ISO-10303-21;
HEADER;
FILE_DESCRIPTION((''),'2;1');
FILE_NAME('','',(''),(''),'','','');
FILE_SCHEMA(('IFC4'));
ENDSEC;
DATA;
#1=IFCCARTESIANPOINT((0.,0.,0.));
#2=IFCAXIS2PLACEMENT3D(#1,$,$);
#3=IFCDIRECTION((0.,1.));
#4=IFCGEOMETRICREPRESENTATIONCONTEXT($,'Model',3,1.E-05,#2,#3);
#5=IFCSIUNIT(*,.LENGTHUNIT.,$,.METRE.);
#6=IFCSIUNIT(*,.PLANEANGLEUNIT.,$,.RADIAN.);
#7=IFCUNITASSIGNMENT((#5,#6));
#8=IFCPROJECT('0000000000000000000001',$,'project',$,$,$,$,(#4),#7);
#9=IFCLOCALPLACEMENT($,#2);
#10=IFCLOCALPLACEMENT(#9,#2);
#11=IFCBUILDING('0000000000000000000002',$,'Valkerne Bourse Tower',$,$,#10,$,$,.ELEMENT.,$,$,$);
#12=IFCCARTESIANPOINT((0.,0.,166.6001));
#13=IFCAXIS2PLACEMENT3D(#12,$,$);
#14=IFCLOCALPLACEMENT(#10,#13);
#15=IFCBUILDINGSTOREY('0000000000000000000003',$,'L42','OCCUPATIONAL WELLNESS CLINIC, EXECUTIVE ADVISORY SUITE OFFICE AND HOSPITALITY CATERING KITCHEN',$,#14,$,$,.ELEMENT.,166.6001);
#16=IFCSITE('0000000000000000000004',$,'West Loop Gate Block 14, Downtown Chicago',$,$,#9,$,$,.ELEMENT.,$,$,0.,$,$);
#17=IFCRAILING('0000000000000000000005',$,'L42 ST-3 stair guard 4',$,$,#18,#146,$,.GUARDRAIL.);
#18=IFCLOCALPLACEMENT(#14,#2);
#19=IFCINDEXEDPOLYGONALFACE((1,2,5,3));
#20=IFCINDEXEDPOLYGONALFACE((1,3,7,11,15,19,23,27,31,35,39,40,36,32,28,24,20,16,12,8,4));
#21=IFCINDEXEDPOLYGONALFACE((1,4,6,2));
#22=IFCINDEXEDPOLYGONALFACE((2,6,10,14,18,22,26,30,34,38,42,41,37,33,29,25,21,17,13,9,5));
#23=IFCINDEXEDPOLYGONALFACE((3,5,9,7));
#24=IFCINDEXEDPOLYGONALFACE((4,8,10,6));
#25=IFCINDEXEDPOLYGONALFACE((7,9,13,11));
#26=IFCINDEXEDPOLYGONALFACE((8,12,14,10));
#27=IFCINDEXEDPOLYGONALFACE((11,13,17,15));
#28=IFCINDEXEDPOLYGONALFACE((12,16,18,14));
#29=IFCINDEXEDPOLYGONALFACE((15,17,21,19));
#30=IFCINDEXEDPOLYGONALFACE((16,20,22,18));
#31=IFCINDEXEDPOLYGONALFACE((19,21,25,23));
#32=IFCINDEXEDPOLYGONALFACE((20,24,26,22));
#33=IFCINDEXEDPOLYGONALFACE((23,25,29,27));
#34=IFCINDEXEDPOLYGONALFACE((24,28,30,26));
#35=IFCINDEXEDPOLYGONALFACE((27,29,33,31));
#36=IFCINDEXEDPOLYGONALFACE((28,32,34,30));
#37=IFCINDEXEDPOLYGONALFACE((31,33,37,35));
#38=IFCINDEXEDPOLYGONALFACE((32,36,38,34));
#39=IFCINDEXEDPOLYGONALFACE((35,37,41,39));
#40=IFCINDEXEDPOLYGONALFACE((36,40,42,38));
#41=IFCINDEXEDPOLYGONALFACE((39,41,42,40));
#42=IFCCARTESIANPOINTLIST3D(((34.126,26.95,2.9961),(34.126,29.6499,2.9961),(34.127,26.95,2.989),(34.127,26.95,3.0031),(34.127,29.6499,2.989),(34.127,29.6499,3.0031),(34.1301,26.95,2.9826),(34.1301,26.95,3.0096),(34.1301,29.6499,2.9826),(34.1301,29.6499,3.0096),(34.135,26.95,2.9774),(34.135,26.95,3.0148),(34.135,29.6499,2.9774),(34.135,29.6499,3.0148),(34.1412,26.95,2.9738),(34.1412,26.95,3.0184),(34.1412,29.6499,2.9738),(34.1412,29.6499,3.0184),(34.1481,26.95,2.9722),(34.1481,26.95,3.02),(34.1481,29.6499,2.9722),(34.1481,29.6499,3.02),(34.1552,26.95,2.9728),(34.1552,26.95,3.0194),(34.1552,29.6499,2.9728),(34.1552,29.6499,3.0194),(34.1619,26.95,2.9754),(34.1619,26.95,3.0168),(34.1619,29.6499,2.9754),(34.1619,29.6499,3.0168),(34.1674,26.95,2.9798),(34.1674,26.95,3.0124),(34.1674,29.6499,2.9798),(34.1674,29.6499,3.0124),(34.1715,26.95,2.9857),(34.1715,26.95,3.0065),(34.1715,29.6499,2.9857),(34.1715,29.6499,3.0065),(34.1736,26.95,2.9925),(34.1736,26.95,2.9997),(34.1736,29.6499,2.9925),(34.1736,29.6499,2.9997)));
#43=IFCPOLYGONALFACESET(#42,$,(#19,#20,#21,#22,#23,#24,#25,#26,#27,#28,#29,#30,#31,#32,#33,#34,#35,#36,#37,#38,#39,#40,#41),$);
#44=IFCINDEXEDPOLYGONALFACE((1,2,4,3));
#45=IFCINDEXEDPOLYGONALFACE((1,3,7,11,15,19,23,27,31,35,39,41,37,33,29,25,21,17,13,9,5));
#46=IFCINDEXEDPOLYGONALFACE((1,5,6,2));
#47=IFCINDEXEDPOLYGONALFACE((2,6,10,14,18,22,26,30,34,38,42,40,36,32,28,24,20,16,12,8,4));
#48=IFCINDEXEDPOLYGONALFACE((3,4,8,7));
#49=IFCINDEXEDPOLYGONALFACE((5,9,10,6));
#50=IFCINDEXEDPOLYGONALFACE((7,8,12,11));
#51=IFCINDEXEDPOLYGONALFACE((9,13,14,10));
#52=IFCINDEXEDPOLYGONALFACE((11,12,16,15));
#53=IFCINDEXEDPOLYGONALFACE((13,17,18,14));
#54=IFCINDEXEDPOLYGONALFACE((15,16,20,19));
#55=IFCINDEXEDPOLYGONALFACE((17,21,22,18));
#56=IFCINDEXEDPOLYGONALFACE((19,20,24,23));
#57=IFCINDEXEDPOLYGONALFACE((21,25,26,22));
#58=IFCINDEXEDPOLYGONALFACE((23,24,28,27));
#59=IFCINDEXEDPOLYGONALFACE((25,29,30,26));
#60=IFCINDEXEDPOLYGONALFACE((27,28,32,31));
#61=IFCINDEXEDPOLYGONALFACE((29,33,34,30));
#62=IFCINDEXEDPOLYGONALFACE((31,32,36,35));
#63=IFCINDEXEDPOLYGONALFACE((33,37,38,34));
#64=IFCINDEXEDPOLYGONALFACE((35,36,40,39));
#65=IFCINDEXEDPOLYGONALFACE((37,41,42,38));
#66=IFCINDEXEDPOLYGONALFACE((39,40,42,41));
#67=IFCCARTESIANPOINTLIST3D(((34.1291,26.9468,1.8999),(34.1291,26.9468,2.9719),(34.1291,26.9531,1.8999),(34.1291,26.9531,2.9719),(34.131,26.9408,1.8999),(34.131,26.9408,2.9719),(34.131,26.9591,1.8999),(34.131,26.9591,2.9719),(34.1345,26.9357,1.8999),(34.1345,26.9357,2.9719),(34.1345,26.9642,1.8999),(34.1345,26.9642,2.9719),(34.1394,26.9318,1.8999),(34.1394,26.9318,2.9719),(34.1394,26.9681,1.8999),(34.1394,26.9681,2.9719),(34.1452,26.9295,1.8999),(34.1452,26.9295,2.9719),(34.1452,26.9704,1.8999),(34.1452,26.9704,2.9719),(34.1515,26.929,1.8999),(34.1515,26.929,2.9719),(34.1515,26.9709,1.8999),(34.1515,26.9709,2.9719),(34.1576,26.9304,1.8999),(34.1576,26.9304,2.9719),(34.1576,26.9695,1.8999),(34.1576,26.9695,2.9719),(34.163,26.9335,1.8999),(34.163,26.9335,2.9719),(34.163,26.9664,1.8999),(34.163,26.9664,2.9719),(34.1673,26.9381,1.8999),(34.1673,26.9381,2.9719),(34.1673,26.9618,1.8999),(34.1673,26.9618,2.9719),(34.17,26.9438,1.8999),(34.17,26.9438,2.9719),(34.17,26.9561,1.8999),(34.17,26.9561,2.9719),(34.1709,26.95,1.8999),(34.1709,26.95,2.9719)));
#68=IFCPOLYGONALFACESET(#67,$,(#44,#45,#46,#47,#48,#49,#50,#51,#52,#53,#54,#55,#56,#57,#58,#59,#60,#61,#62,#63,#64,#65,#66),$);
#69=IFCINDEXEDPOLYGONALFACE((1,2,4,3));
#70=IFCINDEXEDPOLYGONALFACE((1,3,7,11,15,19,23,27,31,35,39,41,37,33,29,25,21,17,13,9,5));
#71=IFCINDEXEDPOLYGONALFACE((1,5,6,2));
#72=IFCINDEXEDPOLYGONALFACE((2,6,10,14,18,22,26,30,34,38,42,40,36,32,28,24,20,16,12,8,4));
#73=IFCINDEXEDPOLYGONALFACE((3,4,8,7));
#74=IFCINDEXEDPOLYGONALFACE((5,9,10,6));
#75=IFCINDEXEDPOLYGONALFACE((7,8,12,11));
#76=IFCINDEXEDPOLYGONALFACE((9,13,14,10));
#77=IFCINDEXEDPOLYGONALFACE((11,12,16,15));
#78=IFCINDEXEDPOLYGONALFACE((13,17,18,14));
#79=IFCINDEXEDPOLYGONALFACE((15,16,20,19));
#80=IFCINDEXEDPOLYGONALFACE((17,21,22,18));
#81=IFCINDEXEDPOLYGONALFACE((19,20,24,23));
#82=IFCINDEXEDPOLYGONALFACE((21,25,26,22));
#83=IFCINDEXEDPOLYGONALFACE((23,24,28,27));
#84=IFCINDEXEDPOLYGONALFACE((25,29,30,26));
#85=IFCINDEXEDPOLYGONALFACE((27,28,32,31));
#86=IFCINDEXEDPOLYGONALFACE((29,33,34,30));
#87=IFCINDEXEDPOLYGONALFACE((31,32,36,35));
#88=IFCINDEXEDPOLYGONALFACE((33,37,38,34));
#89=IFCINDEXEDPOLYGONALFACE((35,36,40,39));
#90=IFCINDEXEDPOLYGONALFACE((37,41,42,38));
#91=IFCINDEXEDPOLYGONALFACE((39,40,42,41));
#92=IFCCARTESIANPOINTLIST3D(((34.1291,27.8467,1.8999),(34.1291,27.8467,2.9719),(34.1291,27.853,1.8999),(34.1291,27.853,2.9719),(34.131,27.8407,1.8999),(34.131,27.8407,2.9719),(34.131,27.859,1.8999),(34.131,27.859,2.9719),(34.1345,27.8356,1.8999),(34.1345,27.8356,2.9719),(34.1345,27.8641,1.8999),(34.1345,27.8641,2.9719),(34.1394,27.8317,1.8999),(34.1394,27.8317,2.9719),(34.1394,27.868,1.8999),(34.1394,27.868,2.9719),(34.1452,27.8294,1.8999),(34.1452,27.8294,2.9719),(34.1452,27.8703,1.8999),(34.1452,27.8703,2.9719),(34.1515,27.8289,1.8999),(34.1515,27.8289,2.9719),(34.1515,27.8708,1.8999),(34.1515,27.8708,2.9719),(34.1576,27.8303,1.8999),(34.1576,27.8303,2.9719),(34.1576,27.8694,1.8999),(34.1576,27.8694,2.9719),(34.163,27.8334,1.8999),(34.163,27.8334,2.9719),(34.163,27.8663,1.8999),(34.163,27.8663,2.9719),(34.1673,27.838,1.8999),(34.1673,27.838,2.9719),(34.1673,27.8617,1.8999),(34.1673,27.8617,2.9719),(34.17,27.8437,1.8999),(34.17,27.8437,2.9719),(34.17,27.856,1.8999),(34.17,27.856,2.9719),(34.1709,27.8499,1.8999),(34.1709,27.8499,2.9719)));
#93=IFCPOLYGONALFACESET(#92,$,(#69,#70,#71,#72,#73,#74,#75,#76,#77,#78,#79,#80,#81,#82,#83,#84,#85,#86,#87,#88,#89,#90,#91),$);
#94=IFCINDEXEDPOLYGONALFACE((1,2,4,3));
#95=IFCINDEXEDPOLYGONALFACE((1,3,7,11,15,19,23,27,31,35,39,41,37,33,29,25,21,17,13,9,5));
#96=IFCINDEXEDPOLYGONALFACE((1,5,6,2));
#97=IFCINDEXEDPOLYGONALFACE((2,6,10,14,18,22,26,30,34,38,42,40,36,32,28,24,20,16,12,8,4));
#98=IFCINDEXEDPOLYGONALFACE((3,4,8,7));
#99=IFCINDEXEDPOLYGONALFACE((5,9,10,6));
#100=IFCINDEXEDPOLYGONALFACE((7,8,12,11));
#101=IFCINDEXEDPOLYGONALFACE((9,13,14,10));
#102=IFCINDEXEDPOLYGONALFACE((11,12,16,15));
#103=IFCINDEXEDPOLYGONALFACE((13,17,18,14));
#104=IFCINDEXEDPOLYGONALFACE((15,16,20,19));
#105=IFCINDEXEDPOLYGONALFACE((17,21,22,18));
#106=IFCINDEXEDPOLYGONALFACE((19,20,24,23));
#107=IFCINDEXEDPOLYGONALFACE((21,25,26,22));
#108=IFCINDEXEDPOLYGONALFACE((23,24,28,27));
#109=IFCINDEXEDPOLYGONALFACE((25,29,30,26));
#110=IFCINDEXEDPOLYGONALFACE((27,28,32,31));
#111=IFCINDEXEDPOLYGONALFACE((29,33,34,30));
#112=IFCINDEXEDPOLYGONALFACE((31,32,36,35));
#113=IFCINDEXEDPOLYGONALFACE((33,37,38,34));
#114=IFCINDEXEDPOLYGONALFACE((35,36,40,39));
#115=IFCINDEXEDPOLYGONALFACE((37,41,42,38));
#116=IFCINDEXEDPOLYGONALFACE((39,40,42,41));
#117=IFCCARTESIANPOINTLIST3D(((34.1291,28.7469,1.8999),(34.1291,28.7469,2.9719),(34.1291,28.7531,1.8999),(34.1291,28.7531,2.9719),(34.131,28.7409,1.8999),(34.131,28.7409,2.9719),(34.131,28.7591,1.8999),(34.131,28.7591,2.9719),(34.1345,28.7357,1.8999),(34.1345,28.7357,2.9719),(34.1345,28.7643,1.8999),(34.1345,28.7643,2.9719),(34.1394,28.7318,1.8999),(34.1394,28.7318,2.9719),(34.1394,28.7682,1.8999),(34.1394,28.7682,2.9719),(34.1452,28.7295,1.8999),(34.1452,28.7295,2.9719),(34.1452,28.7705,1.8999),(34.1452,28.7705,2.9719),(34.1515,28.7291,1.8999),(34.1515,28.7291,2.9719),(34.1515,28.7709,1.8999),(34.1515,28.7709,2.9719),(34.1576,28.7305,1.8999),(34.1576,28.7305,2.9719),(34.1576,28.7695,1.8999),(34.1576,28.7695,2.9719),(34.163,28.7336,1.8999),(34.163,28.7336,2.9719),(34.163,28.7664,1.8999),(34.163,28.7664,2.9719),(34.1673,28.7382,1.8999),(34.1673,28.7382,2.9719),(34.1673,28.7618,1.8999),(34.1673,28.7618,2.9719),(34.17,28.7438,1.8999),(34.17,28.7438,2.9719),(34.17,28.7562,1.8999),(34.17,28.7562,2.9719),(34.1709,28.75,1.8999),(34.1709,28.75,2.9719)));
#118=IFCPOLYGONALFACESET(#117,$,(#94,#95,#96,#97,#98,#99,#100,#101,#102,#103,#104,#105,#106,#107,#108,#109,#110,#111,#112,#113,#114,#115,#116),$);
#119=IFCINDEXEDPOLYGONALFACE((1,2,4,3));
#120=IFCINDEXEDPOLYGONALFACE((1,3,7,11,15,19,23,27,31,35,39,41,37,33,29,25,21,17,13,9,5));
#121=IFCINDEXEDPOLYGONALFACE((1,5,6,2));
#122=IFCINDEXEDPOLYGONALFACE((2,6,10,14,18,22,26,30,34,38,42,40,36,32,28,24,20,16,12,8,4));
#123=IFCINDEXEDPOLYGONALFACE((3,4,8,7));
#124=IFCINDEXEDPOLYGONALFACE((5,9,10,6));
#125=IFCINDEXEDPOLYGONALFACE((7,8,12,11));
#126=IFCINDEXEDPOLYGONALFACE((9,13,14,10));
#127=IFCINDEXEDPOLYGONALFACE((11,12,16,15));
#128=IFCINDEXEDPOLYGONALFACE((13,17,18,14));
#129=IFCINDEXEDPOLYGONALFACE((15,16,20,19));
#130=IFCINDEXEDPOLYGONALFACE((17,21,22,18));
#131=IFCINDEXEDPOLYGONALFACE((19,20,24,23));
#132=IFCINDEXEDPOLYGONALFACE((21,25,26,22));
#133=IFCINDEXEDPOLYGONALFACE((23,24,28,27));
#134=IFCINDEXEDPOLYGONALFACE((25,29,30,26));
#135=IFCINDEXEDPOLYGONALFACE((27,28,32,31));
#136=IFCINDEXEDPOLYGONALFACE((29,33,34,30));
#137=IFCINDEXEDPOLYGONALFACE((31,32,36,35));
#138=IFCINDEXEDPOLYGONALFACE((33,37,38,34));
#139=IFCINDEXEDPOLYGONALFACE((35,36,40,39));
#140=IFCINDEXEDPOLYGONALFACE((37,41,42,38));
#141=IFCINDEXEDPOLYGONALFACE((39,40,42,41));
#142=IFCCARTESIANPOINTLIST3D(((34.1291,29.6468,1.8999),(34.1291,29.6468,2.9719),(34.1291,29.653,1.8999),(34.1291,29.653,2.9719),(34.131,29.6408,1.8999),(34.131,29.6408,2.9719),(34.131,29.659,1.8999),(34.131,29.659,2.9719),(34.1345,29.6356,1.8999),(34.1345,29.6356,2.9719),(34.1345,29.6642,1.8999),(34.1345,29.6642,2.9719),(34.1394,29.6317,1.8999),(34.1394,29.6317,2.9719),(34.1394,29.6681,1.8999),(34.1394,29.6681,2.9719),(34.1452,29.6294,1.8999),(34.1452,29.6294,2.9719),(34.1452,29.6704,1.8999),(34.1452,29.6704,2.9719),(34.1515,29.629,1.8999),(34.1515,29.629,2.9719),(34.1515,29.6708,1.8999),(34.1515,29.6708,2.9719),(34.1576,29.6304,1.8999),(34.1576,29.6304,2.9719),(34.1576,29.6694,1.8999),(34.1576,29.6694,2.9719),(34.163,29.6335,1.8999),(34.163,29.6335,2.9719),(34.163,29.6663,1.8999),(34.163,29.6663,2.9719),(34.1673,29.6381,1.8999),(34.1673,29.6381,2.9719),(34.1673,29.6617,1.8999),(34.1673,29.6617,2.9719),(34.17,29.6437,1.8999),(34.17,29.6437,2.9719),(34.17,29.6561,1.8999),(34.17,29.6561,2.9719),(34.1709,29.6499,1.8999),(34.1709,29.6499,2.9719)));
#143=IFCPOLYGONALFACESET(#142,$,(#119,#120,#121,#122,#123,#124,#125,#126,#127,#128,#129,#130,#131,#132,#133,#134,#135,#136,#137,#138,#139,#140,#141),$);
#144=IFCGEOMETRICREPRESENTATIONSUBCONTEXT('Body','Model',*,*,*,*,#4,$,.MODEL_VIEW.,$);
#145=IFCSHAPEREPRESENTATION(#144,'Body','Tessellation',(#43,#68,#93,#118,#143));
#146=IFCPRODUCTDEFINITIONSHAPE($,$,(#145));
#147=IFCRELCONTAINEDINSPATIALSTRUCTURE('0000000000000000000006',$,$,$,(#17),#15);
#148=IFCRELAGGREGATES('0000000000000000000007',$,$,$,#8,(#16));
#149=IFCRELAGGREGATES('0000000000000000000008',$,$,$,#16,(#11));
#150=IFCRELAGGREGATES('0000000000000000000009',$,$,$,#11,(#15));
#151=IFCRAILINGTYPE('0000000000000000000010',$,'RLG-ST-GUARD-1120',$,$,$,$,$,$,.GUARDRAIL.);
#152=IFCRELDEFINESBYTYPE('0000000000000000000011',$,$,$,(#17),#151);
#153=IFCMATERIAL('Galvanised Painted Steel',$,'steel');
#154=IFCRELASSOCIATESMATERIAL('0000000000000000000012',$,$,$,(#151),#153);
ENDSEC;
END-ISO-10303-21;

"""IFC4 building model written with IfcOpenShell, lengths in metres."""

from ifc_helpers import new_model, si_unit, direction, frame, origin, origin_2d, place, context, subcontext, project, spatial, circle, extrude, material, type_object, element, save


model = new_model("IFC4")

# Units and contexts
model_context = context("Model", 3, precision=1e-05, world=origin(), true_north=direction((0.0, 1.0)))
body_context = subcontext(model_context, "Body", "Model", "MODEL_VIEW")
ifc_project = project(units=[si_unit("LENGTHUNIT", "METRE"), si_unit("PLANEANGLEUNIT", "RADIAN")], contexts=[model_context])

# Site, building, storey
site_placement = place(None, origin())
site = spatial("IfcSite", under=ifc_project, at=site_placement, Name="West Loop Gate Block 14, Downtown Chicago", CompositionType="ELEMENT", RefElevation=0.0)
building_placement = place(site_placement, origin())
building = spatial("IfcBuilding", under=site, at=building_placement, Name="Valkerne Bourse Tower", CompositionType="ELEMENT")
storey_placement = place(building_placement, frame((0.0, 0.0, 166.6001)))
storey = spatial("IfcBuildingStorey", under=building, at=storey_placement, Name="L42", Description="OCCUPATIONAL WELLNESS CLINIC, EXECUTIVE ADVISORY SUITE OFFICE AND HOSPITALITY CATERING KITCHEN", CompositionType="ELEMENT", Elevation=166.6001)

# Railing
ifc_material_1 = material(Name="Galvanised Painted Steel", Category="steel")
railing_type_1 = type_object("IfcRailingType", Name="RLG-ST-GUARD-1120", PredefinedType="GUARDRAIL", material=ifc_material_1)
for number, where, name in (
    (1, (34.1499, 26.95, 1.8999), "L42 ST-3 stair guard 4"),
):
    element("IfcRailing", number, at=place(storey_placement, frame(where)), inside=storey, type_object=railing_type_1, Name=name, PredefinedType="GUARDRAIL", context=body_context, shape_type="SweptSolid", body=[
        extrude(circle(Radius=0.0239, at=origin_2d()), frame((0.0, 0.0, 1.0962), z_axis=(0.0, 1.0, 0.0), x_axis=(-1.0, 0.0, 0.0)), (0.0, 0.0, 1.0), 2.7),
        extrude(circle(Radius=0.021, at=origin_2d()), origin(), (0.0, 0.0, 1.0), 1.072),
        extrude(circle(Radius=0.021, at=origin_2d()), frame((0.0, 0.8999, 0.0)), (0.0, 0.0, 1.0), 1.072),
        extrude(circle(Radius=0.021, at=origin_2d()), frame((0.0, 1.8, 0.0)), (0.0, 0.0, 1.0), 1.072),
        extrude(circle(Radius=0.021, at=origin_2d()), frame((0.0, 2.7, 0.0)), (0.0, 0.0, 1.0), 1.072),
    ])

save(model, "model.ifc")
